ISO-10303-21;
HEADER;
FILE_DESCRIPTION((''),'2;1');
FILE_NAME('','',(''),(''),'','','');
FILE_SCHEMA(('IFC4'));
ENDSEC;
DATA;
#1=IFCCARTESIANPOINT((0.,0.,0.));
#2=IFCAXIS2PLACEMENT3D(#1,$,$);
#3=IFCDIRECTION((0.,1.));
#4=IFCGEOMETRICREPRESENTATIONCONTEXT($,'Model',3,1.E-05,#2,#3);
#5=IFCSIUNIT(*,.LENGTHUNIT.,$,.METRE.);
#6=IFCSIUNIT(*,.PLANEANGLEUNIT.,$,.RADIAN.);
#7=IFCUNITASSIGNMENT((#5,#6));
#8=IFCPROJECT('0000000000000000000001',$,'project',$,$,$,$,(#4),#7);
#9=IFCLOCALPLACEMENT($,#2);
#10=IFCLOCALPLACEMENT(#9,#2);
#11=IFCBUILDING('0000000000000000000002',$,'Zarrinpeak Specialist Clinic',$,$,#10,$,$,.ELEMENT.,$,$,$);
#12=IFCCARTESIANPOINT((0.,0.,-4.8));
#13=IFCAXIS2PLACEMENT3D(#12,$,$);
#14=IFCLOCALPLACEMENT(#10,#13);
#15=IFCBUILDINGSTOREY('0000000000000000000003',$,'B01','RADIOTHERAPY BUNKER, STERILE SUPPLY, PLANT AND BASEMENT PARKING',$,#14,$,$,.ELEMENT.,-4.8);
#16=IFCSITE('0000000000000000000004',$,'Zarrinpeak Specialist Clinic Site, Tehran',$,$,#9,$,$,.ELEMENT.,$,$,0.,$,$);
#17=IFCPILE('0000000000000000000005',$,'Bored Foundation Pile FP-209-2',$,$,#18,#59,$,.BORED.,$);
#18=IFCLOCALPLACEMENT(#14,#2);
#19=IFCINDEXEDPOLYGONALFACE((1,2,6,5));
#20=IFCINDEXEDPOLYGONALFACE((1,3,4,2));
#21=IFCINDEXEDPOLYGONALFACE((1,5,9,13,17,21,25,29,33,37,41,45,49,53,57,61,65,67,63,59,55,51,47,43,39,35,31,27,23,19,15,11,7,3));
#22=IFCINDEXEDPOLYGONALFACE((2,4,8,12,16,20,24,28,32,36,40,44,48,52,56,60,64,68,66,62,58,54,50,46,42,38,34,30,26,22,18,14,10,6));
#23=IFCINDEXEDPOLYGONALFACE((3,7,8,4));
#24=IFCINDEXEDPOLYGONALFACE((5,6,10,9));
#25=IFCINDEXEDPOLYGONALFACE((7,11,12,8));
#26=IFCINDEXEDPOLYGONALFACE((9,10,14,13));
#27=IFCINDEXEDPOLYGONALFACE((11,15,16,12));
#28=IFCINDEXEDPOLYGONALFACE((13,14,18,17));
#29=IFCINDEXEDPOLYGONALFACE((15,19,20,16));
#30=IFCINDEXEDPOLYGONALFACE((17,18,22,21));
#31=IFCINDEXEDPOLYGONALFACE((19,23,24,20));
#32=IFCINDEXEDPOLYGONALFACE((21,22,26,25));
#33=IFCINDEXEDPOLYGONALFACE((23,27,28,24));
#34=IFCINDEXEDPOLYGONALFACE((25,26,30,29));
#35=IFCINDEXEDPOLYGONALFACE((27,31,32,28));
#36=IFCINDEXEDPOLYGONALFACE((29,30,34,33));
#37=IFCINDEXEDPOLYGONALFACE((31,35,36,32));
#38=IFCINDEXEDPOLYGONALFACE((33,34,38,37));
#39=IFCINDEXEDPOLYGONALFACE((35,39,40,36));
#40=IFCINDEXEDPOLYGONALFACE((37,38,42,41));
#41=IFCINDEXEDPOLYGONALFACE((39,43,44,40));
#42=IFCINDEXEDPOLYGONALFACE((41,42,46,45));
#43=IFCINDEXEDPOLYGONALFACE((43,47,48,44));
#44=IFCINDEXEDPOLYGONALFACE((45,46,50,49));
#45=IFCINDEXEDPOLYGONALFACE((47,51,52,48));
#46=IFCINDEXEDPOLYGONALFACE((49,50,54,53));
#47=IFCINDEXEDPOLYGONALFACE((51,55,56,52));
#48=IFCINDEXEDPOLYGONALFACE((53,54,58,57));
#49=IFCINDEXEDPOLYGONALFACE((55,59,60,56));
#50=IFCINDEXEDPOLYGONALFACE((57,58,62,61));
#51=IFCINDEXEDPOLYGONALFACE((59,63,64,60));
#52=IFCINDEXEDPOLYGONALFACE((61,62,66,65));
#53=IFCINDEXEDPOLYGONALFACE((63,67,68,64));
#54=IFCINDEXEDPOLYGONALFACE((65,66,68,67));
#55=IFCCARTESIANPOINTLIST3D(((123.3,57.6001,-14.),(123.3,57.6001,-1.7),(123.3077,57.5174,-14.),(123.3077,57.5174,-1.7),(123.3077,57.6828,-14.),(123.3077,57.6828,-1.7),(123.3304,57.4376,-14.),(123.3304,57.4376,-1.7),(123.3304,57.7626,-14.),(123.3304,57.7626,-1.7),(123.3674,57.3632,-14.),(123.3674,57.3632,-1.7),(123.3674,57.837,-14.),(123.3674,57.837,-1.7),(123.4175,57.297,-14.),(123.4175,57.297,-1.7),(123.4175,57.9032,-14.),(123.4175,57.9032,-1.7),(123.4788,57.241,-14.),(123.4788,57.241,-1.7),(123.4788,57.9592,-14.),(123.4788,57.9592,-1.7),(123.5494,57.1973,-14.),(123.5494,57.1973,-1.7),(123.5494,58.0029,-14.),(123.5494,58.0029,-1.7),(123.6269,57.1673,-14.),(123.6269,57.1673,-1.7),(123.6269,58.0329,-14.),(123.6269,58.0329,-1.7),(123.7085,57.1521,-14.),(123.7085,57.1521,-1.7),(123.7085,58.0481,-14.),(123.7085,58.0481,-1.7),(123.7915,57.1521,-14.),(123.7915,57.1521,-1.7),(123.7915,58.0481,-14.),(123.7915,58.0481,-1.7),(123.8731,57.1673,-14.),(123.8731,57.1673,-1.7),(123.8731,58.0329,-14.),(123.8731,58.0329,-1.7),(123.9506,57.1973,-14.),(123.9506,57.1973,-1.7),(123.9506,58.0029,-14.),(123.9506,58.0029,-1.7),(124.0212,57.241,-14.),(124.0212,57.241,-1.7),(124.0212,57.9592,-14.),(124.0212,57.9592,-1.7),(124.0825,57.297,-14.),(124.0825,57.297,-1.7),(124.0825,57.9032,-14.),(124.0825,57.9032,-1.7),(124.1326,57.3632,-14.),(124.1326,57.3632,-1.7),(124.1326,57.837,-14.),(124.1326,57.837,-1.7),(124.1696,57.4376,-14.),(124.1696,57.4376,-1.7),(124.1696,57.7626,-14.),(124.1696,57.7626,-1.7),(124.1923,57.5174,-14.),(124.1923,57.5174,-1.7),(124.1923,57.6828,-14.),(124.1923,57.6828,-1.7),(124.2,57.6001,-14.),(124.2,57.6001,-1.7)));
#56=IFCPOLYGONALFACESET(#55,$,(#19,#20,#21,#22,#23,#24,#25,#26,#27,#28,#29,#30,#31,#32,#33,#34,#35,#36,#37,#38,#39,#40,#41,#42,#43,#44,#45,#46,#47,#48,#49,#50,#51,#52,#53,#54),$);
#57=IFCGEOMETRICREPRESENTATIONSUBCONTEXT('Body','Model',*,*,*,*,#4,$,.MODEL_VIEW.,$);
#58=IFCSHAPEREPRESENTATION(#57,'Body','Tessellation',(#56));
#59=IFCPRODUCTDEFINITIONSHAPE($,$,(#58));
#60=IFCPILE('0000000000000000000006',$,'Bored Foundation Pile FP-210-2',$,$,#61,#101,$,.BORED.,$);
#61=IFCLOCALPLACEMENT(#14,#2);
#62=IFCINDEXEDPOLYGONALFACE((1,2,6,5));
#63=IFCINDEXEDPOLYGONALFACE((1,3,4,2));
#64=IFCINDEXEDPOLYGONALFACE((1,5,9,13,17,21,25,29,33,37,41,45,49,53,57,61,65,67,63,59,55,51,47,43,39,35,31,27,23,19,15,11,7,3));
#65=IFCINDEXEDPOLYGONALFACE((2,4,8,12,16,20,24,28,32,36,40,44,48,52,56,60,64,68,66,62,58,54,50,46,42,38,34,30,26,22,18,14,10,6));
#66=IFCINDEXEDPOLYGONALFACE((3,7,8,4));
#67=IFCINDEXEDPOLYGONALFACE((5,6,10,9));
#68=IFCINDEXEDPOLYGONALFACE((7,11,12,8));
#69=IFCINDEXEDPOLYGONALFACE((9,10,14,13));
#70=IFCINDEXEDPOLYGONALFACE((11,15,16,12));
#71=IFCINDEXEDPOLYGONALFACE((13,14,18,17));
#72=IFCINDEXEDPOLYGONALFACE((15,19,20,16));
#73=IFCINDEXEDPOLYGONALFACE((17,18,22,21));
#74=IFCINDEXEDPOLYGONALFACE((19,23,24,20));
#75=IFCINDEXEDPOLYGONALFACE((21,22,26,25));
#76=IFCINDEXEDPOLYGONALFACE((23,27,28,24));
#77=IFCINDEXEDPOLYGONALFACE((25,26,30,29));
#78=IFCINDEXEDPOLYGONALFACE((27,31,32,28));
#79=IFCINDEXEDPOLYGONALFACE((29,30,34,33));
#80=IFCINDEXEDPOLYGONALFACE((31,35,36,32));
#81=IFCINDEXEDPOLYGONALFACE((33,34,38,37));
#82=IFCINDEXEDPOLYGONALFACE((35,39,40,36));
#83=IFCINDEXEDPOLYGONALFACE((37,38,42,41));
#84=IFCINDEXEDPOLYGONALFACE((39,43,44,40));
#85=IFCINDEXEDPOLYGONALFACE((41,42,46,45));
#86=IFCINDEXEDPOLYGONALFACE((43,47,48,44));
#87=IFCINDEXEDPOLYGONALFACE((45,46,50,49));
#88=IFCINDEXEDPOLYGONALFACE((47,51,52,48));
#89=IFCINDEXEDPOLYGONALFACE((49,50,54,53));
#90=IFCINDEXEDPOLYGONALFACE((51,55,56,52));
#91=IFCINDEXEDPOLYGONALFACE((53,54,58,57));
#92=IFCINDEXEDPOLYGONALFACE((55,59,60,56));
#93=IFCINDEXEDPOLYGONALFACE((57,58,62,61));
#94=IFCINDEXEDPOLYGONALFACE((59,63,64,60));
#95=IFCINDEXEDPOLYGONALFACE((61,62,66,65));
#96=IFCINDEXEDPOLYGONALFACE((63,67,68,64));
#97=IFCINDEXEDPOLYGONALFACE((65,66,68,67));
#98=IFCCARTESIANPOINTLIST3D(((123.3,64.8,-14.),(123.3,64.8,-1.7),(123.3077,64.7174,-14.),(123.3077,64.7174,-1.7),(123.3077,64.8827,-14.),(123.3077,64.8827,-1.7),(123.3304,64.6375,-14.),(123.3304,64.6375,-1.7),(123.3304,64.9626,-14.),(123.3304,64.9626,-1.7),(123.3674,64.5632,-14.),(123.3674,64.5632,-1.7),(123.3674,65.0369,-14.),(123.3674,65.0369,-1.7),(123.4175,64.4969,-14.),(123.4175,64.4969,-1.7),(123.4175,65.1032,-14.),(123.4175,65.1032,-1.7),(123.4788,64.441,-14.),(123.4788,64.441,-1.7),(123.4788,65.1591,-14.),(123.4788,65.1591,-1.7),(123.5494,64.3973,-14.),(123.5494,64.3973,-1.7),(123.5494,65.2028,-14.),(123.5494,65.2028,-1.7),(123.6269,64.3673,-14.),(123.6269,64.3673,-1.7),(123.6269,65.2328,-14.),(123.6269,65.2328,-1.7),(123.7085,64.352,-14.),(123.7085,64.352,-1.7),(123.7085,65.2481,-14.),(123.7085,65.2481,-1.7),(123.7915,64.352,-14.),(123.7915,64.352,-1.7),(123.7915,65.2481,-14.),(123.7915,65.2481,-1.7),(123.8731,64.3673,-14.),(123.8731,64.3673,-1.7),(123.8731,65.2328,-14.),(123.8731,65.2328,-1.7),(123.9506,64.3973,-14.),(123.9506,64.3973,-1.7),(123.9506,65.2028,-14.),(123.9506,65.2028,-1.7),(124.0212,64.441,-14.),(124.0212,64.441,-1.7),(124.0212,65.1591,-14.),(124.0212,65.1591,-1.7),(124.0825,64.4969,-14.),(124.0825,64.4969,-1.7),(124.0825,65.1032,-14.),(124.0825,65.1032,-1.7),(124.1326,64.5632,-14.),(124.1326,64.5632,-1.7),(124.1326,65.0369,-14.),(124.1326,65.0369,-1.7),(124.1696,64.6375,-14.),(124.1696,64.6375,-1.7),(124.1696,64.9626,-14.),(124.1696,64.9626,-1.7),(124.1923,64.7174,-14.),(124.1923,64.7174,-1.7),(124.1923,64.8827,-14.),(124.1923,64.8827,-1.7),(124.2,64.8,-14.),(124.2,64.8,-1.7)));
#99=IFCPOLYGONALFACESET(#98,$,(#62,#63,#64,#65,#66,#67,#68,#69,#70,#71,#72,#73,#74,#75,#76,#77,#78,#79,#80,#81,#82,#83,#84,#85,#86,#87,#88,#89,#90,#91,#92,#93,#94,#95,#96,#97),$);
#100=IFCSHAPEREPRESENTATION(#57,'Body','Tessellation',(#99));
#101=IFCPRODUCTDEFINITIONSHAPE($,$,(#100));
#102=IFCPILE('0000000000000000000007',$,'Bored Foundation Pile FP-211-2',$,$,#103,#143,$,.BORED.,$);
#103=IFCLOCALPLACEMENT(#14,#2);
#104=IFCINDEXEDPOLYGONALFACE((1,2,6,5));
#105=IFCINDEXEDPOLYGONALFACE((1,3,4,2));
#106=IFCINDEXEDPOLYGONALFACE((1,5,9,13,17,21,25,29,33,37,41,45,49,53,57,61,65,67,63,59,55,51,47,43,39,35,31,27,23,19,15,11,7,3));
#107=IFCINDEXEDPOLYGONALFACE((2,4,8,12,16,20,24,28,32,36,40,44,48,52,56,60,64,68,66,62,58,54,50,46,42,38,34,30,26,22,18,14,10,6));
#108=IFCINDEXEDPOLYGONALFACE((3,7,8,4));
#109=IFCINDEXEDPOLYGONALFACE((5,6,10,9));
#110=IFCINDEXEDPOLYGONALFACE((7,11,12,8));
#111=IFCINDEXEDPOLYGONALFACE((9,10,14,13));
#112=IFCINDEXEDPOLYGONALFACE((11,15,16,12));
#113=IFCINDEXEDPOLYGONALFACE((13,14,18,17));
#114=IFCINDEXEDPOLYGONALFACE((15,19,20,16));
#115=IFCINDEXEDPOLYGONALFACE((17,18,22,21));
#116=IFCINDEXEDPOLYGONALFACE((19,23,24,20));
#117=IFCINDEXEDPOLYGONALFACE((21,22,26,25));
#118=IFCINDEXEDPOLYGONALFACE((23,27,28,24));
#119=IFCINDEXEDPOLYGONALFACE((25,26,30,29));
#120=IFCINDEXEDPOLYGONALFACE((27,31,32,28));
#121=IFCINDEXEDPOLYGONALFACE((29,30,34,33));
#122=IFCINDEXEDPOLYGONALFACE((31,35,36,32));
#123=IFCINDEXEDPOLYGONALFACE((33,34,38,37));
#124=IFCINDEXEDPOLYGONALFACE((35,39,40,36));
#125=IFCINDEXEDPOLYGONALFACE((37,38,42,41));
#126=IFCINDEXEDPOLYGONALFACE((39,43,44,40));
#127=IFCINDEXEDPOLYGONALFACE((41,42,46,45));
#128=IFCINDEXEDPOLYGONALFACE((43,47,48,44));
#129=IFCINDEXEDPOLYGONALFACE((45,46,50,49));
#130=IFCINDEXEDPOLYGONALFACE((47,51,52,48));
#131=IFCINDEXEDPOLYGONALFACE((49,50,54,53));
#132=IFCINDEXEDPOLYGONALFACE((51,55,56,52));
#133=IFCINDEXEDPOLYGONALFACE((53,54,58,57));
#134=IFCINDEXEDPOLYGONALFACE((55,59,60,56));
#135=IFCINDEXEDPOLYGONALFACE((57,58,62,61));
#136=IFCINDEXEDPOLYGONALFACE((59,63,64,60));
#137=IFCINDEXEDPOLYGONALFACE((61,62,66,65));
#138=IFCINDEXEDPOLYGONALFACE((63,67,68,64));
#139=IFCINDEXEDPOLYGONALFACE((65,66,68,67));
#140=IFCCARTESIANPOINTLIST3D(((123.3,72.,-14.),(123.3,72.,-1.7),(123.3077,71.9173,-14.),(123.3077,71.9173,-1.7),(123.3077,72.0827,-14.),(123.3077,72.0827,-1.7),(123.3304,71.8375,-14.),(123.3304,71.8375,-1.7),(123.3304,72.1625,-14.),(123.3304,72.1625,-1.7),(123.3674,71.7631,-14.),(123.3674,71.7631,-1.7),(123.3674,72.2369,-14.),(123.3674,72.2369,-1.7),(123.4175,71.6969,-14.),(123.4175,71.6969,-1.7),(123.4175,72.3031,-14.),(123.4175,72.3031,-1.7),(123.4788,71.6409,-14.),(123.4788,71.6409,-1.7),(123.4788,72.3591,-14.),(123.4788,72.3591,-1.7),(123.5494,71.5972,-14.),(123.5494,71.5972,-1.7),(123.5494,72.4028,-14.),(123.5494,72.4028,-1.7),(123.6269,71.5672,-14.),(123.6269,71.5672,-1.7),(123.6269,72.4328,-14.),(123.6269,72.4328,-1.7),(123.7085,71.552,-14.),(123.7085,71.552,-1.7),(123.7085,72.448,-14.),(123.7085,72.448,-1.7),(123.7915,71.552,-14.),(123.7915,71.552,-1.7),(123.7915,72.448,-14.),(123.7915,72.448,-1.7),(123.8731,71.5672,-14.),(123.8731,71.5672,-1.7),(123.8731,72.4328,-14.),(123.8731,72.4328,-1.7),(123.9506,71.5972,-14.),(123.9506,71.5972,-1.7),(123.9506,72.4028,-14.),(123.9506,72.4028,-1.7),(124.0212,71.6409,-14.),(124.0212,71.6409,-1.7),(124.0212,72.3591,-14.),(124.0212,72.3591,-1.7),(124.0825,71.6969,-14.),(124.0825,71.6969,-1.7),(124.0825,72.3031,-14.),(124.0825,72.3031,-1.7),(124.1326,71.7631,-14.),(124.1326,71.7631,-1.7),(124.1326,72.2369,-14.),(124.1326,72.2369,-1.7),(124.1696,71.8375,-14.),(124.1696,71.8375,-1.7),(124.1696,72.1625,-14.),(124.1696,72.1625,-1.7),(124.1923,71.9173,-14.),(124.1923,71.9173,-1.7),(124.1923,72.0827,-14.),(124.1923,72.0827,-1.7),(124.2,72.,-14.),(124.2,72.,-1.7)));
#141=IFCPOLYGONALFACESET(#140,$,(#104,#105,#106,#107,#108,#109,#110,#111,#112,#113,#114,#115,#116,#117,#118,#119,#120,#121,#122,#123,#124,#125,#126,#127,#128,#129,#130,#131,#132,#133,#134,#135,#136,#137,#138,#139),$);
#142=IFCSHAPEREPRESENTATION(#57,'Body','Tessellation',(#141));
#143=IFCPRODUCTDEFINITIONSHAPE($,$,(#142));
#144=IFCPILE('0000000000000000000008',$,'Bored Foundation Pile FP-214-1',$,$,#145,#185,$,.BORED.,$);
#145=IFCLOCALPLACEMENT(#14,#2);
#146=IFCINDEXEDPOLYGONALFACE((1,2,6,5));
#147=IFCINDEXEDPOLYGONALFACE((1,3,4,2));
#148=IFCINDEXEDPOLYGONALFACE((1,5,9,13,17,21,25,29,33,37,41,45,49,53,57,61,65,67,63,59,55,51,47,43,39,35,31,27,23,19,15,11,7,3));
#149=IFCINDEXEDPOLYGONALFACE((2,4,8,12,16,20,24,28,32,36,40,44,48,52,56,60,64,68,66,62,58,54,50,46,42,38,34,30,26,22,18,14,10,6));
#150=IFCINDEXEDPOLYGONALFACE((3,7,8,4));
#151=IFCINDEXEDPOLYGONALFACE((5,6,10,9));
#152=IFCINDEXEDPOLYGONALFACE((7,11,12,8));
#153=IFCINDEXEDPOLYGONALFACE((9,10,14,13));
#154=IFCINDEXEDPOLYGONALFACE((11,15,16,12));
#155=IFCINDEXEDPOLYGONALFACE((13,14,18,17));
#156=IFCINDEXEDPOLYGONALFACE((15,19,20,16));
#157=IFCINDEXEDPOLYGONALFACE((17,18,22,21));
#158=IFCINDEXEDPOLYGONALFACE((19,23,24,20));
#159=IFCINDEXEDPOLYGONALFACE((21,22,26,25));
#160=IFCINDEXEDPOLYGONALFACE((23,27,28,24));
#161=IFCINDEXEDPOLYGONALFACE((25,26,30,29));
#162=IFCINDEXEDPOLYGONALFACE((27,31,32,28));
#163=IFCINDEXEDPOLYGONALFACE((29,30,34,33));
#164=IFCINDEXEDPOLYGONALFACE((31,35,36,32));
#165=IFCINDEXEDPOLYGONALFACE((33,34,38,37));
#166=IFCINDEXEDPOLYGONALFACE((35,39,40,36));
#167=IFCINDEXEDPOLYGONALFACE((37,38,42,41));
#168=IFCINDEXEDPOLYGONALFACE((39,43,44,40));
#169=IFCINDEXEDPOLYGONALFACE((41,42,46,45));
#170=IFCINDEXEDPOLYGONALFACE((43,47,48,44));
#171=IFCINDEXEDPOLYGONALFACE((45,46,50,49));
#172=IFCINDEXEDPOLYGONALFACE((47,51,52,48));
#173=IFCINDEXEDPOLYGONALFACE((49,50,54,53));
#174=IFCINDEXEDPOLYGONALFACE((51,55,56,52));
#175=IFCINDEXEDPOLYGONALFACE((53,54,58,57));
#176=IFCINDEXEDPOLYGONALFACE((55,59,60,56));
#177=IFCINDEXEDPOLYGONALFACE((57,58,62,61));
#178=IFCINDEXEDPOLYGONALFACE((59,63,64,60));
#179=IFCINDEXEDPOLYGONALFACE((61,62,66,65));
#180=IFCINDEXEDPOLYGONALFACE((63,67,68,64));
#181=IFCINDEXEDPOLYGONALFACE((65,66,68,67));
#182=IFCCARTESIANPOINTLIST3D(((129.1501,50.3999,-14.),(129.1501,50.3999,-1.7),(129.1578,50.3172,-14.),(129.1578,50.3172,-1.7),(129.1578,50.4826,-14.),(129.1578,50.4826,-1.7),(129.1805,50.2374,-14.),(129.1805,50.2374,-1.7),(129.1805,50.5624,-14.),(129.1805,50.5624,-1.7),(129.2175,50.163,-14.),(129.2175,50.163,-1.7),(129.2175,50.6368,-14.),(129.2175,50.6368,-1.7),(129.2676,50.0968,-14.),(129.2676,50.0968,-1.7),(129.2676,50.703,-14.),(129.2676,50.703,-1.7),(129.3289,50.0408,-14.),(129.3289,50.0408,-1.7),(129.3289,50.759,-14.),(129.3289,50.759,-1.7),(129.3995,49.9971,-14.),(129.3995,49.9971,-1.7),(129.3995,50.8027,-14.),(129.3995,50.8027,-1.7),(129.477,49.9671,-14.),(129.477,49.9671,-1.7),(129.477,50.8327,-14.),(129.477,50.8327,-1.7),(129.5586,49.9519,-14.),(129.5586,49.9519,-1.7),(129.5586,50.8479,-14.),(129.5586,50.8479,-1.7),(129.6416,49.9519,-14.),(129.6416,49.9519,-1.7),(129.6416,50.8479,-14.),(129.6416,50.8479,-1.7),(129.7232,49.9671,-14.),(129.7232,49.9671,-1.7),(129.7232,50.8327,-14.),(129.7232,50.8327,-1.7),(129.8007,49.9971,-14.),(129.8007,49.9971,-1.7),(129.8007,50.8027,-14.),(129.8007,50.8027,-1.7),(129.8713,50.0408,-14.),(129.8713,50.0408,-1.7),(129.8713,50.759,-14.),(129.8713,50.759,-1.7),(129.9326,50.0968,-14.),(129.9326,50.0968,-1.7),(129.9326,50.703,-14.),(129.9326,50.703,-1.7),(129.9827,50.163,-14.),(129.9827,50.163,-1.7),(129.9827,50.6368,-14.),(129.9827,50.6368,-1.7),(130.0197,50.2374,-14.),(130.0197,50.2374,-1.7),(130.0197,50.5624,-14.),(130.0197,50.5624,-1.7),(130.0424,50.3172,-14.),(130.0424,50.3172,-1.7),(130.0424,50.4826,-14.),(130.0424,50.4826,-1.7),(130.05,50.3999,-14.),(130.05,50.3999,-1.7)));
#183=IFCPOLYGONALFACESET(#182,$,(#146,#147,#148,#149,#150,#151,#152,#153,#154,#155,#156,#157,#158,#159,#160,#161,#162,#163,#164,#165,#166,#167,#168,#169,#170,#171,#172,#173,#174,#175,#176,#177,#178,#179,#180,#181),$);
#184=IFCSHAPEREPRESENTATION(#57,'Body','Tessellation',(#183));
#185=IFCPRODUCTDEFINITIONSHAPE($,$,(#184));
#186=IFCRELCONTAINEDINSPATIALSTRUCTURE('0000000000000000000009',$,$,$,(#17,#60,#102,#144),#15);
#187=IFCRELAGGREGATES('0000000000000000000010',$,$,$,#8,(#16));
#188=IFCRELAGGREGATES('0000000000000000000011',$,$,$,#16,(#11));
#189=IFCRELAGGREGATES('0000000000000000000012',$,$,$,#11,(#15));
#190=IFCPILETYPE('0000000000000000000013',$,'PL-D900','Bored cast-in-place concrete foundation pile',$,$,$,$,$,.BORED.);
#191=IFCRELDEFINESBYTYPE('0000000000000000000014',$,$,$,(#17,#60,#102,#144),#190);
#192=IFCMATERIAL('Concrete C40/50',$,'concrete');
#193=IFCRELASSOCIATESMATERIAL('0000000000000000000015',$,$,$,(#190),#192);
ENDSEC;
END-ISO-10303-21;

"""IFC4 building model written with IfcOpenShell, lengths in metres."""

from ifc_helpers import new_model, si_unit, direction, frame, origin, origin_2d, place, context, subcontext, project, spatial, circle, extrude, material, material_profile, profile_set, type_object, element, save


model = new_model("IFC4")

# Units and contexts
model_context = context("Model", 3, precision=1e-05, world=origin(), true_north=direction((0.0, 1.0)))
body_context = subcontext(model_context, "Body", "Model", "MODEL_VIEW")
ifc_project = project(units=[si_unit("LENGTHUNIT", "METRE"), si_unit("PLANEANGLEUNIT", "RADIAN")], contexts=[model_context])

# Site, building, storey
site_placement = place(None, origin())
site = spatial("IfcSite", under=ifc_project, at=site_placement, Name="Zarrinpeak Specialist Clinic Site, Tehran", CompositionType="ELEMENT", RefElevation=0.0)
building_placement = place(site_placement, origin())
building = spatial("IfcBuilding", under=site, at=building_placement, Name="Zarrinpeak Specialist Clinic", CompositionType="ELEMENT")
storey_placement = place(building_placement, frame((0.0, 0.0, -4.8)))
storey = spatial("IfcBuildingStorey", under=building, at=storey_placement, Name="B01", Description="RADIOTHERAPY BUNKER, STERILE SUPPLY, PLANT AND BASEMENT PARKING", CompositionType="ELEMENT", Elevation=-4.8)

# Shared definitions
ifc_material_1 = material(Name="Concrete C40/50", Category="concrete")

# Piles
ifc_material_profile_1 = material_profile(ifc_material_1, circle(Radius=0.45, at=origin_2d()), Name="BORED PILE D900")
ifc_profile_set_1 = profile_set([ifc_material_profile_1], Name="Concrete C40/50")
pile_type = type_object("IfcPileType", Name="PL-D900", Description="Bored cast-in-place concrete foundation pile", PredefinedType="BORED", material=ifc_profile_set_1)
for number, where, z_axis, x_axis, name in (
    (1, (123.75, 57.6001, -1.7), (0.0, 0.0, -1.0), (1.0, 0.0, 0.0), "Bored Foundation Pile FP-209-2"),
    (2, (123.75, 64.8, -1.7), (0.0, 0.0, -1.0), (1.0, 0.0, 0.0), "Bored Foundation Pile FP-210-2"),
    (3, (123.75, 72.0, -1.7), (0.0, 0.0, -1.0), (1.0, 0.0, 0.0), "Bored Foundation Pile FP-211-2"),
    (4, (129.6001, 50.3999, -1.7), (0.0, 0.0, -1.0), (1.0, 0.0, 0.0), "Bored Foundation Pile FP-214-1"),
):
    element("IfcPile", number, at=place(storey_placement, frame(where, z_axis=z_axis, x_axis=x_axis)), inside=storey, type_object=pile_type, Name=name, PredefinedType="BORED", context=body_context, shape_type="SweptSolid", body=[
        extrude(circle(Radius=0.45, at=origin_2d()), origin(), (0.0, 0.0, 1.0), 12.3),
    ])

save(model, "model.ifc")
